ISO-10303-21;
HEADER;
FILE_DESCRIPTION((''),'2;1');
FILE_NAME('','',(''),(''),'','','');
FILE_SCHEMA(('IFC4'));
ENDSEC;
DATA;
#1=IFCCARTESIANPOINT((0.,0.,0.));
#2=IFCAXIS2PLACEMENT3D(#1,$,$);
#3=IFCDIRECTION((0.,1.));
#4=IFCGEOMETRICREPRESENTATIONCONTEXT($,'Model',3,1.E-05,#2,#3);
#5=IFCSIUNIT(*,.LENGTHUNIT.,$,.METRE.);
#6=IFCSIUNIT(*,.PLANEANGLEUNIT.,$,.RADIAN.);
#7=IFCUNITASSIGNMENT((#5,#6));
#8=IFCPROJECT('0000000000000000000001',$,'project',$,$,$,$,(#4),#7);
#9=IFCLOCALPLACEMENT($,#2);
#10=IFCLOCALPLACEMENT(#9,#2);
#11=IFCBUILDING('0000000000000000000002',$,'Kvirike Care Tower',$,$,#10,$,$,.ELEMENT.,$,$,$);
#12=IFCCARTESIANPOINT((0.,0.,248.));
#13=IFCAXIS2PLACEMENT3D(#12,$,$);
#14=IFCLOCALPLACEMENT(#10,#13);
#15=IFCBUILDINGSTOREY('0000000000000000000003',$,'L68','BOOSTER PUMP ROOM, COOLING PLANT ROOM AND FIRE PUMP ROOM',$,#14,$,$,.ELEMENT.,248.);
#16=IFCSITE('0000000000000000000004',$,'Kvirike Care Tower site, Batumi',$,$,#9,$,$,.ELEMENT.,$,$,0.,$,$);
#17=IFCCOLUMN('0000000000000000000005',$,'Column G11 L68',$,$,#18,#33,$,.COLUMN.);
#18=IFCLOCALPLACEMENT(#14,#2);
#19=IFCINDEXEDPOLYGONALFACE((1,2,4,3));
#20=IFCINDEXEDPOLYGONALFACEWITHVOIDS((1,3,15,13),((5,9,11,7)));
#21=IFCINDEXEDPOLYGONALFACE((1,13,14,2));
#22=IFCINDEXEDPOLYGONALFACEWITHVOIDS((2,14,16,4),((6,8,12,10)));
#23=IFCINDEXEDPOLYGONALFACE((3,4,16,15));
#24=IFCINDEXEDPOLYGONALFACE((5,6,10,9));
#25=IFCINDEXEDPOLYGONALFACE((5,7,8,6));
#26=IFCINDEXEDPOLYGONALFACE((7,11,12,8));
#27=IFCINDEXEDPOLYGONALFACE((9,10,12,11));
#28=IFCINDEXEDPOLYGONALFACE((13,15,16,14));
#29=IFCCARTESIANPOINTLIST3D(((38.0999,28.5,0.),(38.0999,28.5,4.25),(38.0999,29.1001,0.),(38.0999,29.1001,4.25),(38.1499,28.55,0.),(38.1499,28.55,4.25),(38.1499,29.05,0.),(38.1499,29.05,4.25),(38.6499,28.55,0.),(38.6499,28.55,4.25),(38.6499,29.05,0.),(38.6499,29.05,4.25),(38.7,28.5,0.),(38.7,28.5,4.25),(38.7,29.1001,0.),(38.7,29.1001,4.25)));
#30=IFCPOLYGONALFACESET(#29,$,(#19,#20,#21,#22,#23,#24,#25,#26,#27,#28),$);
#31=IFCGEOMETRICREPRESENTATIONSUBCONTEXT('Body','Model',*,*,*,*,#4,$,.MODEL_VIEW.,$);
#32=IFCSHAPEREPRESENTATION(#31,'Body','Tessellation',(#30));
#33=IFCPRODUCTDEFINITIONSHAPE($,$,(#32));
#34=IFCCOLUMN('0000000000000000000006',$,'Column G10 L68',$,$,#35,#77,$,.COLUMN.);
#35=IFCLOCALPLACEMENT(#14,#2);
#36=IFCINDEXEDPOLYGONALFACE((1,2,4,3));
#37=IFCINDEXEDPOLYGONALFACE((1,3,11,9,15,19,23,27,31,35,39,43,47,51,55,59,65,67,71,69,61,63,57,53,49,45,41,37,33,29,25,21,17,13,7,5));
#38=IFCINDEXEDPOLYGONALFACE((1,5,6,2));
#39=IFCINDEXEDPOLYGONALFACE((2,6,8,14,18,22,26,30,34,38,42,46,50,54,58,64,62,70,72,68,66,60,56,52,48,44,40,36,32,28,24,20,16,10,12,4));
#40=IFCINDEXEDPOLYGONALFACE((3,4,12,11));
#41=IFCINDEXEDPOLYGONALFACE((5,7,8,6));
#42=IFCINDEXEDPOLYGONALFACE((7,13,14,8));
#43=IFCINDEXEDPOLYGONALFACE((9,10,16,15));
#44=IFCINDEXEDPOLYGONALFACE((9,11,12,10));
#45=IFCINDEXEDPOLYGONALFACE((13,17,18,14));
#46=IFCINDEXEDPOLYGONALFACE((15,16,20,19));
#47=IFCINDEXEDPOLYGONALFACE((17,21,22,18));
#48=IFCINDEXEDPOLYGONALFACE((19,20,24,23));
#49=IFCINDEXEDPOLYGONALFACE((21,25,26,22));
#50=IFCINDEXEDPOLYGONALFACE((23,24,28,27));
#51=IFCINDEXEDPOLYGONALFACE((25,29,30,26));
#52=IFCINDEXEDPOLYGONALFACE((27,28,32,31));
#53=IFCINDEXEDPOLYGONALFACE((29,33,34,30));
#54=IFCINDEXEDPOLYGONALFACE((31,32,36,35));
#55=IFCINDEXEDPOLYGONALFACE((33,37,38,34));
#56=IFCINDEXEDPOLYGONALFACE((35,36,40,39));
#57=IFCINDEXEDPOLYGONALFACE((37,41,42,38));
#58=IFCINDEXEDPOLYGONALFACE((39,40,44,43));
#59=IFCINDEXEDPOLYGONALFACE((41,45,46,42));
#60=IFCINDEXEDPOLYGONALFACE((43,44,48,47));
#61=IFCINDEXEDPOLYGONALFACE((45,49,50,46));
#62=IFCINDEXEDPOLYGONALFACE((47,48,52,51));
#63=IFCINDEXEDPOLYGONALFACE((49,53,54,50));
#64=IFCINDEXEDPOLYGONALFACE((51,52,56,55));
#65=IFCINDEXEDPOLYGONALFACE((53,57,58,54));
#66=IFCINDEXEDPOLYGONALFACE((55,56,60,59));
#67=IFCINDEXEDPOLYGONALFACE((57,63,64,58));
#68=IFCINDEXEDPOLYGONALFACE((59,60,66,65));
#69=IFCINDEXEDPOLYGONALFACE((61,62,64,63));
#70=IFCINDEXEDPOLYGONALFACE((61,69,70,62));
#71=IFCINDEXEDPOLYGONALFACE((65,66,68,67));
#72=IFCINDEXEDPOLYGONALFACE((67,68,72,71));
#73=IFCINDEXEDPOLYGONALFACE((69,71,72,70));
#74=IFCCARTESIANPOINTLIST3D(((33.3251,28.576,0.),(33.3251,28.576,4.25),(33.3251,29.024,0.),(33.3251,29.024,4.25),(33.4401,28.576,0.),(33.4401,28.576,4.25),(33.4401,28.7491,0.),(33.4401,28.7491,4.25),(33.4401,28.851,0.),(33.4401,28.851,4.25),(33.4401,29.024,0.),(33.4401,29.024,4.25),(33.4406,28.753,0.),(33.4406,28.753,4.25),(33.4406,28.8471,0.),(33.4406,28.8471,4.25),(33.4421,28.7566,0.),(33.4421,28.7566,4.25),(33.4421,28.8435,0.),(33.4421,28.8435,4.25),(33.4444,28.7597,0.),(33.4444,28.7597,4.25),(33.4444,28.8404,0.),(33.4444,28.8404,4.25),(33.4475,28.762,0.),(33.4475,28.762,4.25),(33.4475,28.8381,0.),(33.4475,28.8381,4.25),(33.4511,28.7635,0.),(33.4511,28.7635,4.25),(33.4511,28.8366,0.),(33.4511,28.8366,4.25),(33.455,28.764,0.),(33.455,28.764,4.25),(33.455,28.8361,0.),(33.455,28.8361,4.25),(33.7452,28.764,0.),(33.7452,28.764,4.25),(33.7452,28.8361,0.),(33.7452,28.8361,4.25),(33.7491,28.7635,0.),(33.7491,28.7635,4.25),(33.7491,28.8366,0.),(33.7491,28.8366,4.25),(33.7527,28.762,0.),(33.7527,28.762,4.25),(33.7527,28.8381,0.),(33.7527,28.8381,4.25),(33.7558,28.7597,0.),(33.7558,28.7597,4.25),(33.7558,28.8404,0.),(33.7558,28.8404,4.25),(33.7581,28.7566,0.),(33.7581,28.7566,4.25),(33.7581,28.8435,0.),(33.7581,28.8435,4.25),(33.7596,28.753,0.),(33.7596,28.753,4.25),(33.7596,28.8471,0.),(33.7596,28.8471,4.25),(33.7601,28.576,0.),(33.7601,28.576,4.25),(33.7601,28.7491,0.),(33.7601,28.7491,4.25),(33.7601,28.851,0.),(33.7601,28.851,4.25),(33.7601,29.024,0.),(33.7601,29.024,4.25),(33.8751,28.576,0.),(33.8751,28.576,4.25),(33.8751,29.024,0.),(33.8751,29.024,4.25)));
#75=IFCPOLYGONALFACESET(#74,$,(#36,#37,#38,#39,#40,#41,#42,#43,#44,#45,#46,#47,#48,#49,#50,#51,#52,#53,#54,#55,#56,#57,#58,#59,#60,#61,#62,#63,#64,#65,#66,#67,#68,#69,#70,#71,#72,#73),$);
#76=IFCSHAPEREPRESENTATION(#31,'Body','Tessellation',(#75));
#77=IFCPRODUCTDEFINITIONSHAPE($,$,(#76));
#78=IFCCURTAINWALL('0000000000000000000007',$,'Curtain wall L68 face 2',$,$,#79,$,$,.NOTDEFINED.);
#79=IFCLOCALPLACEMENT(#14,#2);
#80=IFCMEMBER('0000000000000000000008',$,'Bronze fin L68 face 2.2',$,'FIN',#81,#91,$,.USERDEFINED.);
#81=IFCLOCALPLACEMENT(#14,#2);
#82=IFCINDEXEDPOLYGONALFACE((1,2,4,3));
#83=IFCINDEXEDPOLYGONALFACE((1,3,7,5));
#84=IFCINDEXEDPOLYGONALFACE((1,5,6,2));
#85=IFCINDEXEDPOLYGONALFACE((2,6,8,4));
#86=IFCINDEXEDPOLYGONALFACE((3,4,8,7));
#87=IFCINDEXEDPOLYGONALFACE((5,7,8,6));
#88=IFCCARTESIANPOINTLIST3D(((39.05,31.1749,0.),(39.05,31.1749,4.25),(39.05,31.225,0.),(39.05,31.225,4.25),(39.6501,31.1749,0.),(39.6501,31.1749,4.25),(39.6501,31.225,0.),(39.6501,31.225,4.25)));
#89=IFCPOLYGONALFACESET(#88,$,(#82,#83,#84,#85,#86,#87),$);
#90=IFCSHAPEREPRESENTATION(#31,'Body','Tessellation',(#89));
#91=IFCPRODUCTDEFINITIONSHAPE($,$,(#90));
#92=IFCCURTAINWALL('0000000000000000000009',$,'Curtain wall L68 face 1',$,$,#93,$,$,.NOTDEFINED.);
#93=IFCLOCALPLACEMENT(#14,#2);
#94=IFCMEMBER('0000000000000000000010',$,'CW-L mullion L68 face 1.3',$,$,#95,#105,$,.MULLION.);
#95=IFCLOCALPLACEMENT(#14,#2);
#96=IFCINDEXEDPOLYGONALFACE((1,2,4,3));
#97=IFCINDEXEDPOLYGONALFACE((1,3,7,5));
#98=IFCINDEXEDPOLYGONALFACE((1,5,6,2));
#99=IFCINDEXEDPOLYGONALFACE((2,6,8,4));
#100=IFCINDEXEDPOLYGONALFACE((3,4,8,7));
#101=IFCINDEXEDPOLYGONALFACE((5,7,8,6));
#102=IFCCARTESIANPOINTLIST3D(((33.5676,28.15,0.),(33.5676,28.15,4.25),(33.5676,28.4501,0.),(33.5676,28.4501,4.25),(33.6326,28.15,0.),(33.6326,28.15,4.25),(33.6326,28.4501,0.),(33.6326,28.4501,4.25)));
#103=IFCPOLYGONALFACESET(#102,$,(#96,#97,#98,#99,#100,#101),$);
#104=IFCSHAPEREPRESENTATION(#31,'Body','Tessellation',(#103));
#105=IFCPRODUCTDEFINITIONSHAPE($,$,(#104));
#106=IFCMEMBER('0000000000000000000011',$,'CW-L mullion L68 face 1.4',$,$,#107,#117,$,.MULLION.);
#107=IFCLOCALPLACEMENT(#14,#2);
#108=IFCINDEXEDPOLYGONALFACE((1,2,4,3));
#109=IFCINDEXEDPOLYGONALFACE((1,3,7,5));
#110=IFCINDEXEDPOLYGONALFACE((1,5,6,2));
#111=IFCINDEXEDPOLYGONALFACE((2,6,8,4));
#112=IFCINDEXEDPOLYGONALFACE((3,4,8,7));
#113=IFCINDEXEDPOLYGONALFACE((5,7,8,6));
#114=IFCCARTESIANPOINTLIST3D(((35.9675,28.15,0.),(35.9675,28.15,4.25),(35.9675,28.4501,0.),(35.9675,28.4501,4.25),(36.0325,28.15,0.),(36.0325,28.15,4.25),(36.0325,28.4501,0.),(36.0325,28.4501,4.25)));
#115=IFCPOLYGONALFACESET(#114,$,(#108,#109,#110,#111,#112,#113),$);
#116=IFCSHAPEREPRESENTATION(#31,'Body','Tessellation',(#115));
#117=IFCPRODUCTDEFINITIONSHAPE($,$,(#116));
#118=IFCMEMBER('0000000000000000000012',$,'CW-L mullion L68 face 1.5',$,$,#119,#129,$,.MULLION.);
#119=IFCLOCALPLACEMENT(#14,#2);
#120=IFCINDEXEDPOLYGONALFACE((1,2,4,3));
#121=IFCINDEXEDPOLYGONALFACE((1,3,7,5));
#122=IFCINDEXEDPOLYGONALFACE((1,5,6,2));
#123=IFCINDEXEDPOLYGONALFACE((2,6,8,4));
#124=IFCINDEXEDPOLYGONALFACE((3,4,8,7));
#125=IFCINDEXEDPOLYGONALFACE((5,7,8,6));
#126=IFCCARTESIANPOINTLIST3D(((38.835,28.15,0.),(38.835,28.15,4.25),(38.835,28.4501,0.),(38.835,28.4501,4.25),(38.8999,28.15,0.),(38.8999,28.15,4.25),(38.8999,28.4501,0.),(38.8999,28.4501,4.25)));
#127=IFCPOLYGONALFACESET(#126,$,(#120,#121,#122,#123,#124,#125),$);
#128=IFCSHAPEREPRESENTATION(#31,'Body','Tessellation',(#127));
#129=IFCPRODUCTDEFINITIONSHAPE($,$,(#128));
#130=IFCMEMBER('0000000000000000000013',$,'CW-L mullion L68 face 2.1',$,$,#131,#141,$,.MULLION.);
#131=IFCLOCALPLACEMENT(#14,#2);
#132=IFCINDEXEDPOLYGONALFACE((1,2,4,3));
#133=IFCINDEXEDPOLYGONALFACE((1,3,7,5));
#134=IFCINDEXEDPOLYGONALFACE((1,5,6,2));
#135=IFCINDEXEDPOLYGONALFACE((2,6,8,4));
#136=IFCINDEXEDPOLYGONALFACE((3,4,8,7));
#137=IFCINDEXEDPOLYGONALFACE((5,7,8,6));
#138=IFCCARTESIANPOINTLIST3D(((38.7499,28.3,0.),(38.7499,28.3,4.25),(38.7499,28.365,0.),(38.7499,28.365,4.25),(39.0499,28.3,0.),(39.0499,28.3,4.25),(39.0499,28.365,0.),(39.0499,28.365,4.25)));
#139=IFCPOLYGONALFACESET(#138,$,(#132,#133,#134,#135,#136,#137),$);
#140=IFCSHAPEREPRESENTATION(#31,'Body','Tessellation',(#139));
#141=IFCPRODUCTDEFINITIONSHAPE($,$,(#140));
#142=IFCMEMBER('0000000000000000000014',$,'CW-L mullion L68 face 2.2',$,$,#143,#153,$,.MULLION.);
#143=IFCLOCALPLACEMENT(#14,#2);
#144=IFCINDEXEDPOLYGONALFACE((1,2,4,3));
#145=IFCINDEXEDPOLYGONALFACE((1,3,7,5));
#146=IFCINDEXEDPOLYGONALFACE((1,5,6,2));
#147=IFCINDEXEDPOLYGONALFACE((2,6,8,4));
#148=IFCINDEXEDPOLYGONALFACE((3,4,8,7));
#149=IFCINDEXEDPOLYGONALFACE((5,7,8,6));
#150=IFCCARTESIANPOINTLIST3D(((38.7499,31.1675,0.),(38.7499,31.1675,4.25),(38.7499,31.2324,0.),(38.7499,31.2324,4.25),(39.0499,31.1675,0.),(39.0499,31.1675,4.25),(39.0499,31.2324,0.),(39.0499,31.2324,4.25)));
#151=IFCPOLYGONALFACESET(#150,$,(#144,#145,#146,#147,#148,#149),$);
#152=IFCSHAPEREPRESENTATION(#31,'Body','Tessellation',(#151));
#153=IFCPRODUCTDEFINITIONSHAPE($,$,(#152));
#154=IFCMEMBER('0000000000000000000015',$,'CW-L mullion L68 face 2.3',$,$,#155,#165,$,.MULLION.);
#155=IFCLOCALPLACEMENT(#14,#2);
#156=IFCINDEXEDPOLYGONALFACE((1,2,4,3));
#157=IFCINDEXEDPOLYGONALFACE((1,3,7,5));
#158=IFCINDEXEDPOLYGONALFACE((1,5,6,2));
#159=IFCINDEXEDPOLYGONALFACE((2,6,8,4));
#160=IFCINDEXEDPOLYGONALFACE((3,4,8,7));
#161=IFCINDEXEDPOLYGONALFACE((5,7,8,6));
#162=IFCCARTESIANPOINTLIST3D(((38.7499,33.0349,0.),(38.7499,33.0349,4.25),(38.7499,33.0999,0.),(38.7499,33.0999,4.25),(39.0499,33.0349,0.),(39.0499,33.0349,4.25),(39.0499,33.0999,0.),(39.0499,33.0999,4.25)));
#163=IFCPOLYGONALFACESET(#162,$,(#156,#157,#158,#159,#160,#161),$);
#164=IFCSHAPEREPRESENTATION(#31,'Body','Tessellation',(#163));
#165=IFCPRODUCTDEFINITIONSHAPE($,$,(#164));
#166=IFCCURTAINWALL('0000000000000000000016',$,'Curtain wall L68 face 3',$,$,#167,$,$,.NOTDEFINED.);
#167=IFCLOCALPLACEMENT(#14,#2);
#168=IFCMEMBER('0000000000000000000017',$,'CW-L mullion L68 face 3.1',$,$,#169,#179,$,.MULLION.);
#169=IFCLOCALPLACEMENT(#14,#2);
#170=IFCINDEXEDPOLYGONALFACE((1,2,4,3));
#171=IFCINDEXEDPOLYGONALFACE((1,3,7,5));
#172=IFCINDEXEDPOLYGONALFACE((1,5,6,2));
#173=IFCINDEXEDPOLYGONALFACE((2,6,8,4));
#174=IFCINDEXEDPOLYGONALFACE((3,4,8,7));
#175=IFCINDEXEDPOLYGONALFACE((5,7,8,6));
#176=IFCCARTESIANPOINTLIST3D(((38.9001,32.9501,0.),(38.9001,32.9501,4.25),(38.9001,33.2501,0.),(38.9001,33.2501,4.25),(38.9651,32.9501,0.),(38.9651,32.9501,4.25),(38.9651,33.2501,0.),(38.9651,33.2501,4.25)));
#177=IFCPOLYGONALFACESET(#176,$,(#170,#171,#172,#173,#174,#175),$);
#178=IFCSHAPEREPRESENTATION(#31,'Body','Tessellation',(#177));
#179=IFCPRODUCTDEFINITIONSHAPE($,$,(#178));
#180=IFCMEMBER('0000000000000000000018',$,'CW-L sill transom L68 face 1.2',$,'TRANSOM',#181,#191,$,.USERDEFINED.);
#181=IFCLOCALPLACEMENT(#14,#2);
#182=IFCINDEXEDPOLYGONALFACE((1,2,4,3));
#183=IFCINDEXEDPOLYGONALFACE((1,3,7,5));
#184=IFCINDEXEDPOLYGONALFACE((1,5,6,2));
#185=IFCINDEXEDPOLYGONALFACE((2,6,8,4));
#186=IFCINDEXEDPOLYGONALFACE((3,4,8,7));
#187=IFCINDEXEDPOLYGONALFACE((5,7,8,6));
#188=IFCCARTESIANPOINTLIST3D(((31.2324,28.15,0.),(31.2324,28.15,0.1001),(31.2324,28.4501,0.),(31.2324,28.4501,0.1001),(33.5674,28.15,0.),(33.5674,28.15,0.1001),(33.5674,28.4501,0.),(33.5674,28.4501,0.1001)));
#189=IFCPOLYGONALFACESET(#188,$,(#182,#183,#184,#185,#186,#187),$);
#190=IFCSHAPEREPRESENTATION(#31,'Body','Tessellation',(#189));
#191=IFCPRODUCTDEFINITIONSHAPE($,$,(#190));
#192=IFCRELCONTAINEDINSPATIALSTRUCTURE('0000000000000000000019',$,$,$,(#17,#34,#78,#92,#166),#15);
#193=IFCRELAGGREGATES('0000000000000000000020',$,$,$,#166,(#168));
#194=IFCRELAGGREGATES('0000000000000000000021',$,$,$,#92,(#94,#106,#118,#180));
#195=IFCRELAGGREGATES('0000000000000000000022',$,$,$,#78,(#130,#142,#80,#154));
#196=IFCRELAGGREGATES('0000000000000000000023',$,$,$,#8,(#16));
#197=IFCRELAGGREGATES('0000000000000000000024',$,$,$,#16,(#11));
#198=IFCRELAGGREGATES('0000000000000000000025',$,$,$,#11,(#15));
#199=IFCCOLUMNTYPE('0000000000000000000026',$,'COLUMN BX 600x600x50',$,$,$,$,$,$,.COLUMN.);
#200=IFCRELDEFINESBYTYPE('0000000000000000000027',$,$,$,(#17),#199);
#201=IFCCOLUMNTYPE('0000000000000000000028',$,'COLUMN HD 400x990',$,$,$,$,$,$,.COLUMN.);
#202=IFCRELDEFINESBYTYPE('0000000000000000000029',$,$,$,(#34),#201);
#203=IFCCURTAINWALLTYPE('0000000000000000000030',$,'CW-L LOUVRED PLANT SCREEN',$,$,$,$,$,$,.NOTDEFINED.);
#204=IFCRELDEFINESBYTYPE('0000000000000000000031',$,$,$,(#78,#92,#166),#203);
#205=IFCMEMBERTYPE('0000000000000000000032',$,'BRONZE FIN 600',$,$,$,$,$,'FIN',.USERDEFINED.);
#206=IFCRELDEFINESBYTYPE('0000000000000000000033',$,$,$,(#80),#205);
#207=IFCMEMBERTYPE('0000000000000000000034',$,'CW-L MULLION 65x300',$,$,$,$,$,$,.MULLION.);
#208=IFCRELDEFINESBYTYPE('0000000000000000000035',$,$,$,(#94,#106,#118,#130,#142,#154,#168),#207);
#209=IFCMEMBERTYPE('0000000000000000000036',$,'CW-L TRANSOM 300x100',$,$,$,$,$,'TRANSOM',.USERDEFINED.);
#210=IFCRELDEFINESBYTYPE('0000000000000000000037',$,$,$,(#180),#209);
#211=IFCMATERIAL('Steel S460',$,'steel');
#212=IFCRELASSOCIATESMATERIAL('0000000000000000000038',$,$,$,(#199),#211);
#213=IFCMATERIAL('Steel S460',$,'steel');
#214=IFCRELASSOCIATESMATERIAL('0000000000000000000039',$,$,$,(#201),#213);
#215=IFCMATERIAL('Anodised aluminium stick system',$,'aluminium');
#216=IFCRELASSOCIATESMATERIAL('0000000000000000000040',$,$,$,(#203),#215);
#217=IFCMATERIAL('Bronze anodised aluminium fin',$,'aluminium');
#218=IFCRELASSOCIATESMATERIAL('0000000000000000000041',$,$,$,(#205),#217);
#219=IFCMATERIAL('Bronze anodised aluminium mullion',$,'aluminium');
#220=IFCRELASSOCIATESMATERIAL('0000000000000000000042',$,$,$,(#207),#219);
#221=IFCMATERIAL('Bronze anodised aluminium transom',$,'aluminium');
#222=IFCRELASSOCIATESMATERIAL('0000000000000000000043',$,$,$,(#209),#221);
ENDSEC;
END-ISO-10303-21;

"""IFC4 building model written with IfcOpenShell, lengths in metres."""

from ifc_helpers import new_model, si_unit, direction, frame, origin, origin_2d, place, context, subcontext, project, spatial, rectangle, hollow_rectangle, i_section, extrude, material, material_profile, profile_set, type_object, element, aggregate, save


model = new_model("IFC4")

# Units and contexts
model_context = context("Model", 3, precision=1e-05, world=origin(), true_north=direction((0.0, 1.0)))
body_context = subcontext(model_context, "Body", "Model", "MODEL_VIEW")
ifc_project = project(units=[si_unit("LENGTHUNIT", "METRE"), si_unit("PLANEANGLEUNIT", "RADIAN")], contexts=[model_context])

# Site, building, storey
site_placement = place(None, origin())
site = spatial("IfcSite", under=ifc_project, at=site_placement, Name="Kvirike Care Tower site, Batumi", CompositionType="ELEMENT", RefElevation=0.0)
building_placement = place(site_placement, origin())
building = spatial("IfcBuilding", under=site, at=building_placement, Name="Kvirike Care Tower", CompositionType="ELEMENT")
storey_placement = place(building_placement, frame((0.0, 0.0, 248.0)))
storey = spatial("IfcBuildingStorey", under=building, at=storey_placement, Name="L68", Description="BOOSTER PUMP ROOM, COOLING PLANT ROOM AND FIRE PUMP ROOM", CompositionType="ELEMENT", Elevation=248.0)

# Columns
ifc_material_1 = material(Name="Steel S460", Category="steel")
ifc_material_profile_1 = material_profile(ifc_material_1, hollow_rectangle(XDim=0.6001, YDim=0.6001, WallThickness=0.05, at=origin_2d()), Name="BX 600x600x50")
ifc_profile_set_1 = profile_set([ifc_material_profile_1], Name="Steel S460")
column_type_1 = type_object("IfcColumnType", Name="COLUMN BX 600x600x50", PredefinedType="COLUMN", material=ifc_profile_set_1)
column_1_placement = place(storey_placement, frame((38.3999, 28.8, 0.0), z_axis=(0.0, 0.0, 1.0), x_axis=(0.0, 1.0, 0.0)))
element("IfcColumn", 1, at=column_1_placement, inside=storey, type_object=column_type_1, Name="Column G11 L68", PredefinedType="COLUMN", context=body_context, shape_type="SweptSolid", body=[
    extrude(hollow_rectangle(XDim=0.6001, YDim=0.6001, WallThickness=0.05, at=origin_2d()), origin(), (0.0, 0.0, 1.0), 4.25),
])
ifc_material_2 = material(Name="Steel S460", Category="steel")
ifc_material_profile_2 = material_profile(ifc_material_2, i_section(OverallWidth=0.448, OverallDepth=0.55, WebThickness=0.072, FlangeThickness=0.115, FilletRadius=0.0149, at=origin_2d()), Name="HD 400x990")
ifc_profile_set_2 = profile_set([ifc_material_profile_2], Name="Steel S460")
column_type_2 = type_object("IfcColumnType", Name="COLUMN HD 400x990", PredefinedType="COLUMN", material=ifc_profile_set_2)
column_2_placement = place(storey_placement, frame((33.6001, 28.8, 0.0), z_axis=(0.0, 0.0, 1.0), x_axis=(0.0, 1.0, 0.0)))
element("IfcColumn", 2, at=column_2_placement, inside=storey, type_object=column_type_2, Name="Column G10 L68", PredefinedType="COLUMN", context=body_context, shape_type="SweptSolid", body=[
    extrude(i_section(OverallWidth=0.448, OverallDepth=0.55, WebThickness=0.072, FlangeThickness=0.115, FilletRadius=0.0149, at=origin_2d()), origin(), (0.0, 0.0, 1.0), 4.25),
])

# Curtain wall, member
ifc_material_3 = material(Name="Anodised aluminium stick system", Category="aluminium")
curtain_wall_type = type_object("IfcCurtainWallType", Name="CW-L LOUVRED PLANT SCREEN", PredefinedType="NOTDEFINED", material=ifc_material_3)
curtain_wall_1_placement = place(storey_placement, origin())
curtain_wall_1 = element("IfcCurtainWall", 3, at=curtain_wall_1_placement, inside=storey, type_object=curtain_wall_type, Name="Curtain wall L68 face 2", PredefinedType="NOTDEFINED")
ifc_material_4 = material(Name="Bronze anodised aluminium fin", Category="aluminium")
ifc_material_profile_3 = material_profile(ifc_material_4, rectangle(XDim=0.05, YDim=0.6001, at=origin_2d()), Name="BRONZE FIN 600")
ifc_profile_set_3 = profile_set([ifc_material_profile_3], Name="Bronze anodised aluminium fin")
member_type_1 = type_object("IfcMemberType", Name="BRONZE FIN 600", ElementType="FIN", PredefinedType="USERDEFINED", material=ifc_profile_set_3)
member_1_placement = place(storey_placement, frame((39.3501, 31.2, 0.0), z_axis=(0.0, 0.0, 1.0), x_axis=(0.0, 1.0, 0.0)))
member_1 = element("IfcMember", 4, at=member_1_placement, type_object=member_type_1, Name="Bronze fin L68 face 2.2", ObjectType="FIN", PredefinedType="USERDEFINED", context=body_context, shape_type="SweptSolid", body=[
    extrude(rectangle(XDim=0.05, YDim=0.6001, at=origin_2d()), origin(), (0.0, 0.0, 1.0), 4.25),
])

# Curtain wall, members
curtain_wall_2_placement = place(storey_placement, origin())
curtain_wall_2 = element("IfcCurtainWall", 5, at=curtain_wall_2_placement, inside=storey, type_object=curtain_wall_type, Name="Curtain wall L68 face 1", PredefinedType="NOTDEFINED")
ifc_material_5 = material(Name="Bronze anodised aluminium mullion", Category="aluminium")
ifc_material_profile_4 = material_profile(ifc_material_5, rectangle(XDim=0.0649, YDim=0.3, at=origin_2d()), Name="CW-L MULLION 65x300")
ifc_profile_set_4 = profile_set([ifc_material_profile_4], Name="Bronze anodised aluminium mullion")
member_type_2 = type_object("IfcMemberType", Name="CW-L MULLION 65x300", PredefinedType="MULLION", material=ifc_profile_set_4)
member_2_placement = place(storey_placement, frame((33.6001, 28.3, 0.0), z_axis=(0.0, 0.0, 1.0), x_axis=(1.0, 0.0, 0.0)))
member_2 = element("IfcMember", 6, at=member_2_placement, type_object=member_type_2, Name="CW-L mullion L68 face 1.3", PredefinedType="MULLION", context=body_context, shape_type="SweptSolid", body=[
    extrude(rectangle(XDim=0.0649, YDim=0.3, at=origin_2d()), origin(), (0.0, 0.0, 1.0), 4.25),
])
member_3_placement = place(storey_placement, frame((36.0, 28.3, 0.0), z_axis=(0.0, 0.0, 1.0), x_axis=(1.0, 0.0, 0.0)))
member_3 = element("IfcMember", 7, at=member_3_placement, type_object=member_type_2, Name="CW-L mullion L68 face 1.4", PredefinedType="MULLION", context=body_context, shape_type="SweptSolid", body=[
    extrude(rectangle(XDim=0.0649, YDim=0.3, at=origin_2d()), origin(), (0.0, 0.0, 1.0), 4.25),
])
member_4_placement = place(storey_placement, frame((38.8674, 28.3, 0.0), z_axis=(0.0, 0.0, 1.0), x_axis=(1.0, 0.0, 0.0)))
member_4 = element("IfcMember", 8, at=member_4_placement, type_object=member_type_2, Name="CW-L mullion L68 face 1.5", PredefinedType="MULLION", context=body_context, shape_type="SweptSolid", body=[
    extrude(rectangle(XDim=0.0649, YDim=0.3, at=origin_2d()), origin(), (0.0, 0.0, 1.0), 4.25),
])

# Members
member_5_placement = place(storey_placement, frame((38.8999, 28.3325, 0.0), z_axis=(0.0, 0.0, 1.0), x_axis=(0.0, 1.0, 0.0)))
member_5 = element("IfcMember", 9, at=member_5_placement, type_object=member_type_2, Name="CW-L mullion L68 face 2.1", PredefinedType="MULLION", context=body_context, shape_type="SweptSolid", body=[
    extrude(rectangle(XDim=0.0649, YDim=0.3, at=origin_2d()), origin(), (0.0, 0.0, 1.0), 4.25),
])
member_6_placement = place(storey_placement, frame((38.8999, 31.2, 0.0), z_axis=(0.0, 0.0, 1.0), x_axis=(0.0, 1.0, 0.0)))
member_6 = element("IfcMember", 10, at=member_6_placement, type_object=member_type_2, Name="CW-L mullion L68 face 2.2", PredefinedType="MULLION", context=body_context, shape_type="SweptSolid", body=[
    extrude(rectangle(XDim=0.0649, YDim=0.3, at=origin_2d()), origin(), (0.0, 0.0, 1.0), 4.25),
])
member_7_placement = place(storey_placement, frame((38.8999, 33.0674, 0.0), z_axis=(0.0, 0.0, 1.0), x_axis=(0.0, 1.0, 0.0)))
member_7 = element("IfcMember", 11, at=member_7_placement, type_object=member_type_2, Name="CW-L mullion L68 face 2.3", PredefinedType="MULLION", context=body_context, shape_type="SweptSolid", body=[
    extrude(rectangle(XDim=0.0649, YDim=0.3, at=origin_2d()), origin(), (0.0, 0.0, 1.0), 4.25),
])

# Curtain wall, member
curtain_wall_3_placement = place(storey_placement, origin())
curtain_wall_3 = element("IfcCurtainWall", 12, at=curtain_wall_3_placement, inside=storey, type_object=curtain_wall_type, Name="Curtain wall L68 face 3", PredefinedType="NOTDEFINED")
member_8_placement = place(storey_placement, frame((38.9326, 33.1001, 0.0), z_axis=(0.0, 0.0, 1.0), x_axis=(1.0, 0.0, 0.0)))
member_8 = element("IfcMember", 13, at=member_8_placement, type_object=member_type_2, Name="CW-L mullion L68 face 3.1", PredefinedType="MULLION", context=body_context, shape_type="SweptSolid", body=[
    extrude(rectangle(XDim=0.0649, YDim=0.3, at=origin_2d()), origin(), (0.0, 0.0, 1.0), 4.25),
])
aggregate(curtain_wall_3, [member_8])

# Member
ifc_material_6 = material(Name="Bronze anodised aluminium transom", Category="aluminium")
ifc_material_profile_5 = material_profile(ifc_material_6, rectangle(XDim=0.3, YDim=0.1001, at=origin_2d()), Name="CW-L TRANSOM 300x100")
ifc_profile_set_5 = profile_set([ifc_material_profile_5], Name="Bronze anodised aluminium transom")
member_type_3 = type_object("IfcMemberType", Name="CW-L TRANSOM 300x100", ElementType="TRANSOM", PredefinedType="USERDEFINED", material=ifc_profile_set_5)
member_9_placement = place(storey_placement, frame((31.2324, 28.3, 0.05), z_axis=(1.0, 0.0, 0.0), x_axis=(0.0, 1.0, 0.0)))
member_9 = element("IfcMember", 14, at=member_9_placement, type_object=member_type_3, Name="CW-L sill transom L68 face 1.2", ObjectType="TRANSOM", PredefinedType="USERDEFINED", context=body_context, shape_type="SweptSolid", body=[
    extrude(rectangle(XDim=0.3, YDim=0.1001, at=origin_2d()), origin(), (0.0, 0.0, 1.0), 2.335),
])
aggregate(curtain_wall_2, [member_2, member_3, member_4, member_9])
aggregate(curtain_wall_1, [member_5, member_6, member_1, member_7])

save(model, "model.ifc")
